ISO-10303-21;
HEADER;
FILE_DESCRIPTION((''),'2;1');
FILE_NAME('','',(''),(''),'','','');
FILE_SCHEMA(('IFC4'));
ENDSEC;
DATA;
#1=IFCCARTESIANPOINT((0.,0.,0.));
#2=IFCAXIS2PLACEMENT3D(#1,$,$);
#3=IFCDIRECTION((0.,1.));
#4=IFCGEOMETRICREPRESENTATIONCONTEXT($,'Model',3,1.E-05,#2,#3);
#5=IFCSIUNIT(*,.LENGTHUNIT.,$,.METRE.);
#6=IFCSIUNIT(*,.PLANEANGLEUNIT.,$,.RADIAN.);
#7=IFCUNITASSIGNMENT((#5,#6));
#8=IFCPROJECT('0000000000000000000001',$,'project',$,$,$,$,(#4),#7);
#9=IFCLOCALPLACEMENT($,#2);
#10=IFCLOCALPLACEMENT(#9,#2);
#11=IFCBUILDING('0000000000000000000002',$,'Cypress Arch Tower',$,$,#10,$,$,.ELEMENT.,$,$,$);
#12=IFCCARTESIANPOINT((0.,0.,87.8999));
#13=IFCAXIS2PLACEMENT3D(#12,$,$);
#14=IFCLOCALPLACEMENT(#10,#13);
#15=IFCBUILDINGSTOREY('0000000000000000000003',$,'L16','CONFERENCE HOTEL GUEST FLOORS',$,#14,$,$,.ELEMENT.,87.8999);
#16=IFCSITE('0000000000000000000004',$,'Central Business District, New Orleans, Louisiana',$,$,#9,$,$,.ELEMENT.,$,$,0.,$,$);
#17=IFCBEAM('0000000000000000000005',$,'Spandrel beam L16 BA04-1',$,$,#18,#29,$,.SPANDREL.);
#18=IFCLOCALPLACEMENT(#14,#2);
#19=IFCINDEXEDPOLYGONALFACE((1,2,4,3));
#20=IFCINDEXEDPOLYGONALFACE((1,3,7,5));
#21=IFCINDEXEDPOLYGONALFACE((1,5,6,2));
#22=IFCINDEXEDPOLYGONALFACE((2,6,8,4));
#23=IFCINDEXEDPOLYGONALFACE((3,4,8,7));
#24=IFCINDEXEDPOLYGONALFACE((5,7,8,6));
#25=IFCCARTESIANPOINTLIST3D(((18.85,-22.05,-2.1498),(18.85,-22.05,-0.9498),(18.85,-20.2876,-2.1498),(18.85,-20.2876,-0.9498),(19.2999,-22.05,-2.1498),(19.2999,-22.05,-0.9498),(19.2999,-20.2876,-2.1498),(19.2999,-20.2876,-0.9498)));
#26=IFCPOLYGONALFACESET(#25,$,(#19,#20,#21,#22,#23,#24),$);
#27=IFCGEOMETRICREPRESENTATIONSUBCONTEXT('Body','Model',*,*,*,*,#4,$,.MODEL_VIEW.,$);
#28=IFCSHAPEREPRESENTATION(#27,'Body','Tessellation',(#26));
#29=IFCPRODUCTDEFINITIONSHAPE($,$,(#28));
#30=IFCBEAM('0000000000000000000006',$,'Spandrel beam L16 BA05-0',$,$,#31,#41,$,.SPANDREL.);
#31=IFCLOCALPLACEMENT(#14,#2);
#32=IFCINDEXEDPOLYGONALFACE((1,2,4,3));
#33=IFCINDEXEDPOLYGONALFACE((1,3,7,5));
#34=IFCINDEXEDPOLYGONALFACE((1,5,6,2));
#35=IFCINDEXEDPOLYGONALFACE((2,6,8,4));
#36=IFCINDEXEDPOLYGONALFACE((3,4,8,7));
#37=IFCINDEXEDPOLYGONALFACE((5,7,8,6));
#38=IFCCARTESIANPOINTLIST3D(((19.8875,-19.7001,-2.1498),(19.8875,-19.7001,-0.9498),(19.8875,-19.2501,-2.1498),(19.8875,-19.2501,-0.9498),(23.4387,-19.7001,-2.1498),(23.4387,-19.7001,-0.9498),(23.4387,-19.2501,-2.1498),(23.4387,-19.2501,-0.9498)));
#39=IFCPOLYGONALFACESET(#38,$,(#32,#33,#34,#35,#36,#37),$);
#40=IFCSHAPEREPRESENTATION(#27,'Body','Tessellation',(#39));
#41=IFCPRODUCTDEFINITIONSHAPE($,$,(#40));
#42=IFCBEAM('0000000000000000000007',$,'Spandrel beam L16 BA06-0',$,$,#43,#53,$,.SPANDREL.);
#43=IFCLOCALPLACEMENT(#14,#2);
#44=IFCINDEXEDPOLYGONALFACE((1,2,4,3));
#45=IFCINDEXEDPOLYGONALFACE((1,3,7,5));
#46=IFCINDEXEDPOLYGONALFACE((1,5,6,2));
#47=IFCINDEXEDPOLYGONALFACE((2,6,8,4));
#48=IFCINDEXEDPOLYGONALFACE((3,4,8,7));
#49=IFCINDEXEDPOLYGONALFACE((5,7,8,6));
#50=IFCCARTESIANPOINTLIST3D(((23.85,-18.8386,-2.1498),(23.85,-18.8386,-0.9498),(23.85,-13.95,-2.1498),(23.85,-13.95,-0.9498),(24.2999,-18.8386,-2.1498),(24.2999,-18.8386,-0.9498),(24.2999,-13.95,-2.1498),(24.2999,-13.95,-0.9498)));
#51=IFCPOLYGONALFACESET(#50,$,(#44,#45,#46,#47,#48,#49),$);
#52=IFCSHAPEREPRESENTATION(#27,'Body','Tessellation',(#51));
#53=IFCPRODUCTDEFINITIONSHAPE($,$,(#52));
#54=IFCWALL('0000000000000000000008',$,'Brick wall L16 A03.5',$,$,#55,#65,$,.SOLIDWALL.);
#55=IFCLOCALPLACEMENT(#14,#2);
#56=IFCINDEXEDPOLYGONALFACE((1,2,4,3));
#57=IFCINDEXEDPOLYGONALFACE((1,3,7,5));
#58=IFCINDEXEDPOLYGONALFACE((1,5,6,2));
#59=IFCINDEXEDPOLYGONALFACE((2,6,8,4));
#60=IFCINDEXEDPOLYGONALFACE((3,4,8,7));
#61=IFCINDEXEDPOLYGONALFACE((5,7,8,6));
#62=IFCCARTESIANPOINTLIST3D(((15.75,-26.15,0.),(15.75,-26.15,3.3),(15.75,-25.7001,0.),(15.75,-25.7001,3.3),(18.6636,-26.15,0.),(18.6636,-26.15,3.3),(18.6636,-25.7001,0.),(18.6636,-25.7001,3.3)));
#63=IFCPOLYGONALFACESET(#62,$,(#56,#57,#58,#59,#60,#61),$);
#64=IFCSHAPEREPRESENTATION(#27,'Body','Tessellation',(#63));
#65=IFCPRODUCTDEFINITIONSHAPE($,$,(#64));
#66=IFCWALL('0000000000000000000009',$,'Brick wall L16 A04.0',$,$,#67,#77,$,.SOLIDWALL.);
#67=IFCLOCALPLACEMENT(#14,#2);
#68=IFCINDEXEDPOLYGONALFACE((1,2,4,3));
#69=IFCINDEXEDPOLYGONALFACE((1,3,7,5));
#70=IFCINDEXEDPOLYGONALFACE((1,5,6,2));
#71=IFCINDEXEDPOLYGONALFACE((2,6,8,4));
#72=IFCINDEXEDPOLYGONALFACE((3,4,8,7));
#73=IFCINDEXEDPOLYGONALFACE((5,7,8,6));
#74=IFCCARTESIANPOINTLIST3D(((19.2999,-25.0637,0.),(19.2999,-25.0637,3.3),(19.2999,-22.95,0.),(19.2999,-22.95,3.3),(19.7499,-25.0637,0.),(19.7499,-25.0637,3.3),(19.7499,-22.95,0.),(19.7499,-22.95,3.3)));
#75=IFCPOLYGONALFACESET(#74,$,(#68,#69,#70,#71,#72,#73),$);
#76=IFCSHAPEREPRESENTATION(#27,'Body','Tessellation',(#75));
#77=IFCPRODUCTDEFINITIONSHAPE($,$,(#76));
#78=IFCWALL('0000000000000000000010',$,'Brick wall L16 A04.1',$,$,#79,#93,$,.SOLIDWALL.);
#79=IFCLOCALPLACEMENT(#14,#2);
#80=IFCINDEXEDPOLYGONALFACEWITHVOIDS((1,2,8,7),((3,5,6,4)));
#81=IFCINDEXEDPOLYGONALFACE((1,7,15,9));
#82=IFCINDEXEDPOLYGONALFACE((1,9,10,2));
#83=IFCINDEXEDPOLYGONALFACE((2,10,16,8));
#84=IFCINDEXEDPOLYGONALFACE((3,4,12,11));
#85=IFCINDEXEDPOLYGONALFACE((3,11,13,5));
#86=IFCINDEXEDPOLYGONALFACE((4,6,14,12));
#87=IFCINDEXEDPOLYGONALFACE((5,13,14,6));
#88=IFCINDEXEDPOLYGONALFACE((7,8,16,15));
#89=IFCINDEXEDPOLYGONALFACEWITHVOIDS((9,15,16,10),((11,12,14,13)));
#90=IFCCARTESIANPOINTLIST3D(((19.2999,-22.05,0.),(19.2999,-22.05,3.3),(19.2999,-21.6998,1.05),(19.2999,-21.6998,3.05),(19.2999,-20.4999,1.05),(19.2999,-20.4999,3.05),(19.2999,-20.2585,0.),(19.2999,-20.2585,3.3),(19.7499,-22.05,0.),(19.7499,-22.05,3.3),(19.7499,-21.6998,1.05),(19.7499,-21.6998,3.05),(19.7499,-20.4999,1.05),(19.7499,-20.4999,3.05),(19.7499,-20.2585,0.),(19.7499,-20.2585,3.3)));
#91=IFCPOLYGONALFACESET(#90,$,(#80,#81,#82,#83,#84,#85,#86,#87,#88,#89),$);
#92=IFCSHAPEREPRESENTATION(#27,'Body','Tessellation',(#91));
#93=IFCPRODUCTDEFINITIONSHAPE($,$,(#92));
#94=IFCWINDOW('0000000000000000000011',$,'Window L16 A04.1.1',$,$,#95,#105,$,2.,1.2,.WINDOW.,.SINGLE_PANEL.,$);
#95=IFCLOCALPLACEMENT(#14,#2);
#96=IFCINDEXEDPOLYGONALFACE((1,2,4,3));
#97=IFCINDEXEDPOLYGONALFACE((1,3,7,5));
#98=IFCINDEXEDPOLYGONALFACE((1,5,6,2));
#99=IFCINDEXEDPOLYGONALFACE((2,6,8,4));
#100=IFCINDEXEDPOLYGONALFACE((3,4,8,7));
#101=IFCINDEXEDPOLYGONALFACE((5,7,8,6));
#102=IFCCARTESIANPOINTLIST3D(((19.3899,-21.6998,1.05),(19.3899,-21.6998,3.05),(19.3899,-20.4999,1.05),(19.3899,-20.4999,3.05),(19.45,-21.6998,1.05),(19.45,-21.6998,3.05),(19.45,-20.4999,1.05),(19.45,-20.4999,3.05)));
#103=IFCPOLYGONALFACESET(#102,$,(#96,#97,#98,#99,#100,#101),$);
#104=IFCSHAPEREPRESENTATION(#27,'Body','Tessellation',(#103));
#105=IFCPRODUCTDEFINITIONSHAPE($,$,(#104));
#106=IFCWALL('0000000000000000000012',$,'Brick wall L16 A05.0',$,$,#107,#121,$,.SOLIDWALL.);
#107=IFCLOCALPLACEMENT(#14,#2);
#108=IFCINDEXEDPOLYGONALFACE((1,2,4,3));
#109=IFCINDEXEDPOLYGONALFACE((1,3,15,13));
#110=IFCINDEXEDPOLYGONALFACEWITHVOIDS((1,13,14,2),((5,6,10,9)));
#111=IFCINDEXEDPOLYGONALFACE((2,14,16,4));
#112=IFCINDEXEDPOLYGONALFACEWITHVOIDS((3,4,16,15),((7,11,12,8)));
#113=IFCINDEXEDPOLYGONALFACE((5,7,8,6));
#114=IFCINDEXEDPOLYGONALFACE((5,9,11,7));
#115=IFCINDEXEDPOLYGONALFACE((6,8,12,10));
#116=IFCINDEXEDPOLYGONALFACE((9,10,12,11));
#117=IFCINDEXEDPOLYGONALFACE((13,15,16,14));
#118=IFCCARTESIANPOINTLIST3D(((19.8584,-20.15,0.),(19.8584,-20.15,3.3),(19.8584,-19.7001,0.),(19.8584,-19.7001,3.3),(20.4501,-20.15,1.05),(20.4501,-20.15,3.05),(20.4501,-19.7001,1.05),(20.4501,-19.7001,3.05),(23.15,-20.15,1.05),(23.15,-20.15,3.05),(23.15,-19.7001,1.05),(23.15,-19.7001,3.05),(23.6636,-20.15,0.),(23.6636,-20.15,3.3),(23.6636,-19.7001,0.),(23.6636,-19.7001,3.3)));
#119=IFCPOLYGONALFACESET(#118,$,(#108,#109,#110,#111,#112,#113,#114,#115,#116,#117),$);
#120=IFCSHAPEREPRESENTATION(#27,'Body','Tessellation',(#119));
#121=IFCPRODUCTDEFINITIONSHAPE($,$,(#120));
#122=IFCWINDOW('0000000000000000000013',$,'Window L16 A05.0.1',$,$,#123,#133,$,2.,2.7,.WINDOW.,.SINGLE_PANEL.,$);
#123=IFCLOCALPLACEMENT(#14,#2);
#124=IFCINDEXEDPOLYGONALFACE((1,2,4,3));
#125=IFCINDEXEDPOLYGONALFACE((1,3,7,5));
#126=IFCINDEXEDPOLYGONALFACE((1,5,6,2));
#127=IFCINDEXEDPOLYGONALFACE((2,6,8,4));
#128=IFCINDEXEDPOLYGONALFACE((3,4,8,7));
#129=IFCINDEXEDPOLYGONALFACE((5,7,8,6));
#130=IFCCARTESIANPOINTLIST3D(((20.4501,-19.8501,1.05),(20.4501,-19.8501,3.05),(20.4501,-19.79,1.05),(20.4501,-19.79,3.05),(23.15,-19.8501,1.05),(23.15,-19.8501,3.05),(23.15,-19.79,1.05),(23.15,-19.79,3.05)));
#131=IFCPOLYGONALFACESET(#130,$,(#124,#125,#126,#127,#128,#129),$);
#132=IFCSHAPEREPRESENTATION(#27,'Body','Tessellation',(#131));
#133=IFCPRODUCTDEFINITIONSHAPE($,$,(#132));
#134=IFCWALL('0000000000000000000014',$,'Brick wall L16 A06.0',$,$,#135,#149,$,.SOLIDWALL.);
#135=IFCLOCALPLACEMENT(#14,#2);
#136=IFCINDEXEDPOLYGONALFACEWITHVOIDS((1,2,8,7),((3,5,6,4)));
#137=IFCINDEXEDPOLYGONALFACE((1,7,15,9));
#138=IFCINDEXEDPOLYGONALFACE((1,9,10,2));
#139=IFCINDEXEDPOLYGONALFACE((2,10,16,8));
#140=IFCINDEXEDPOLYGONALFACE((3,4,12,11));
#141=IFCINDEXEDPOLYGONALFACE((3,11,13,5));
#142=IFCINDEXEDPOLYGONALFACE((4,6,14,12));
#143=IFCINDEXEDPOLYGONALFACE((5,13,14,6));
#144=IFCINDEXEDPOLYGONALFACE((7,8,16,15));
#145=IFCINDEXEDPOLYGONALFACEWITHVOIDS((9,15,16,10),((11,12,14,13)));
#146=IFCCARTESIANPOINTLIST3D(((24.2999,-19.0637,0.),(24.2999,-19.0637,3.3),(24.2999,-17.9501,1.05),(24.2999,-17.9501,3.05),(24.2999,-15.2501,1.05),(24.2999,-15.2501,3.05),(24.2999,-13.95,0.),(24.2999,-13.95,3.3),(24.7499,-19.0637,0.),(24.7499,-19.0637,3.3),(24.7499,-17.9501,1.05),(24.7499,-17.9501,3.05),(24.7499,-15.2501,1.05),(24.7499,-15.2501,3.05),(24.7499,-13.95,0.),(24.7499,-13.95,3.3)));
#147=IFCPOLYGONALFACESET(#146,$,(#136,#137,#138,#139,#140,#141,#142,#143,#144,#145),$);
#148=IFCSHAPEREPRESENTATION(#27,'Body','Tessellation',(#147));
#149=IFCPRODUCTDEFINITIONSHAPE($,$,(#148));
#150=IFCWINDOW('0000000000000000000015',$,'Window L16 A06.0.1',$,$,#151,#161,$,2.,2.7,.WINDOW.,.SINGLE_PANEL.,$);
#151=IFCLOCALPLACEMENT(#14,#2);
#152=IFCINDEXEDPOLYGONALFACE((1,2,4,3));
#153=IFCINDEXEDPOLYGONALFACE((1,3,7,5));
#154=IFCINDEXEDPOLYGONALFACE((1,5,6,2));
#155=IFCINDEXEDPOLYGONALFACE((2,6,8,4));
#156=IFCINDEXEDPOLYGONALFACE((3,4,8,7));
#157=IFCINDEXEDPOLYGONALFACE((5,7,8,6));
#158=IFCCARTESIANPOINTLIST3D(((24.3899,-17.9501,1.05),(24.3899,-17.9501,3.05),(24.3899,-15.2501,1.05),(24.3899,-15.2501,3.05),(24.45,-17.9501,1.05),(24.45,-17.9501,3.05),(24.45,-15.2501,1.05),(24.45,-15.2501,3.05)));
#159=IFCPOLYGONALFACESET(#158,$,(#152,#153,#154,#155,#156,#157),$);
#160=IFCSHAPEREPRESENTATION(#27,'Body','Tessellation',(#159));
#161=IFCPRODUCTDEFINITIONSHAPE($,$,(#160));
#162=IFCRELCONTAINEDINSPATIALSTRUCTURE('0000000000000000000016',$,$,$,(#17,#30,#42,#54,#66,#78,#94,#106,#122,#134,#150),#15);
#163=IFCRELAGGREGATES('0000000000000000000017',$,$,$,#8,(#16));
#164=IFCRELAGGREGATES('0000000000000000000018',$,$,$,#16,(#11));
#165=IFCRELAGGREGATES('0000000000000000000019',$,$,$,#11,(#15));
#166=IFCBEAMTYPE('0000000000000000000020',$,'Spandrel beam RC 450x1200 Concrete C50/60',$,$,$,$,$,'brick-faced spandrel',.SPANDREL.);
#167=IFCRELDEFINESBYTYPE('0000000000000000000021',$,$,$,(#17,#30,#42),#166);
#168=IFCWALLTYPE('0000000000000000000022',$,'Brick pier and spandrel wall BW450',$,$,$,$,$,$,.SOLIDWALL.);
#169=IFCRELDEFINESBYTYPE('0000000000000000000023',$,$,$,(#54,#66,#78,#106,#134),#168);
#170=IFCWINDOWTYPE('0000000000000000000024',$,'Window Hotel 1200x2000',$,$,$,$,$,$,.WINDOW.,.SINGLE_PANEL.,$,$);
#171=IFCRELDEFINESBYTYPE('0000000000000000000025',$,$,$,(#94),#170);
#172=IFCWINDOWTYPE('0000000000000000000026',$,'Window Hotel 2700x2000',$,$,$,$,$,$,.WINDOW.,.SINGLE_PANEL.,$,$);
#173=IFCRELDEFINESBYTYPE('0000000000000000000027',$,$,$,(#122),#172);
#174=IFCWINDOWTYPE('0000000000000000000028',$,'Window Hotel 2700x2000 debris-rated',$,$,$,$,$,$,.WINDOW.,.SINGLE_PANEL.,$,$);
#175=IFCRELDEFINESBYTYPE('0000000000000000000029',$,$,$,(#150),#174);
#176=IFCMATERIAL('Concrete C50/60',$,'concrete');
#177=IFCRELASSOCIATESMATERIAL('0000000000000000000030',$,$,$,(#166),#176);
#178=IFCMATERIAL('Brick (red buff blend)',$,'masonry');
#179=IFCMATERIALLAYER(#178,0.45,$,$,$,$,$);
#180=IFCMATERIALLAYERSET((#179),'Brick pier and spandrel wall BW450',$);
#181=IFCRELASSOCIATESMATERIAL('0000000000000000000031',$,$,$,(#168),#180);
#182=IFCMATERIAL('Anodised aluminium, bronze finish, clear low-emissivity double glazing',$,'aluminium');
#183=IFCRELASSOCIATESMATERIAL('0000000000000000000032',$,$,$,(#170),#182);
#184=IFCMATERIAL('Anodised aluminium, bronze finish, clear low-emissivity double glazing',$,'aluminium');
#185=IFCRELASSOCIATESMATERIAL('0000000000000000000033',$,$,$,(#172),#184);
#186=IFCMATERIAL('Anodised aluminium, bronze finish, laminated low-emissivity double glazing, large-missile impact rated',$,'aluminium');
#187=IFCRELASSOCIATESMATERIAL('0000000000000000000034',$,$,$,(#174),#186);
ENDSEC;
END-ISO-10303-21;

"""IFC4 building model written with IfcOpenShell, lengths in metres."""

from ifc_helpers import new_model, si_unit, direction, frame, frame_2d, origin, origin_2d, place, context, subcontext, project, spatial, rectangle, extrude, material, layer, layer_set, material_profile, profile_set, type_object, element, fill, save


model = new_model("IFC4")

# Units and contexts
model_context = context("Model", 3, precision=1e-05, world=origin(), true_north=direction((0.0, 1.0)))
body_context = subcontext(model_context, "Body", "Model", "MODEL_VIEW")
ifc_project = project(units=[si_unit("LENGTHUNIT", "METRE"), si_unit("PLANEANGLEUNIT", "RADIAN")], contexts=[model_context])

# Site, building, storey
site_placement = place(None, origin())
site = spatial("IfcSite", under=ifc_project, at=site_placement, Name="Central Business District, New Orleans, Louisiana", CompositionType="ELEMENT", RefElevation=0.0)
building_placement = place(site_placement, origin())
building = spatial("IfcBuilding", under=site, at=building_placement, Name="Cypress Arch Tower", CompositionType="ELEMENT")
storey_placement = place(building_placement, frame((0.0, 0.0, 87.8999)))
storey = spatial("IfcBuildingStorey", under=building, at=storey_placement, Name="L16", Description="CONFERENCE HOTEL GUEST FLOORS", CompositionType="ELEMENT", Elevation=87.8999)

# Beams
ifc_material_1 = material(Name="Concrete C50/60", Category="concrete")
ifc_material_profile_1 = material_profile(ifc_material_1, rectangle(XDim=0.45, YDim=1.2, at=origin_2d()), Name="RC 450x1200")
ifc_profile_set_1 = profile_set([ifc_material_profile_1], Name="Concrete C50/60")
beam_type_1 = type_object("IfcBeamType", Name="Spandrel beam RC 450x1200 Concrete C50/60", ElementType="brick-faced spandrel", PredefinedType="SPANDREL", material=ifc_profile_set_1)
beam_1_placement = place(storey_placement, frame((19.075, -22.05, -1.5498), z_axis=(0.0, 1.0, 0.0), x_axis=(-1.0, 0.0, 0.0)))
element("IfcBeam", 1, at=beam_1_placement, inside=storey, type_object=beam_type_1, Name="Spandrel beam L16 BA04-1", PredefinedType="SPANDREL", context=body_context, shape_type="SweptSolid", body=[
    extrude(rectangle(XDim=0.45, YDim=1.2, at=origin_2d()), origin(), (0.0, 0.0, 1.0), 1.7625),
])
beam_2_placement = place(storey_placement, frame((19.8875, -19.4751, -1.5498), z_axis=(1.0, 0.0, 0.0), x_axis=(0.0, 1.0, 0.0)))
element("IfcBeam", 2, at=beam_2_placement, inside=storey, type_object=beam_type_1, Name="Spandrel beam L16 BA05-0", PredefinedType="SPANDREL", context=body_context, shape_type="SweptSolid", body=[
    extrude(rectangle(XDim=0.45, YDim=1.2, at=origin_2d()), origin(), (0.0, 0.0, 1.0), 3.5513),
])
beam_3_placement = place(storey_placement, frame((24.075, -18.8386, -1.5498), z_axis=(0.0, 1.0, 0.0), x_axis=(-1.0, 0.0, 0.0)))
element("IfcBeam", 3, at=beam_3_placement, inside=storey, type_object=beam_type_1, Name="Spandrel beam L16 BA06-0", PredefinedType="SPANDREL", context=body_context, shape_type="SweptSolid", body=[
    extrude(rectangle(XDim=0.45, YDim=1.2, at=origin_2d()), origin(), (0.0, 0.0, 1.0), 4.8887),
])

# Walls
ifc_material_2 = material(Name="Brick (red buff blend)", Category="masonry")
ifc_layer_1 = layer(ifc_material_2, 0.45)
ifc_layer_set_1 = layer_set([ifc_layer_1], Name="Brick pier and spandrel wall BW450")
wall_type_1 = type_object("IfcWallType", Name="Brick pier and spandrel wall BW450", PredefinedType="SOLIDWALL", material=ifc_layer_set_1)
wall_1_placement = place(storey_placement, frame((15.75, -25.925, 0.0), z_axis=(0.0, 0.0, 1.0), x_axis=(1.0, 0.0, 0.0)))
element("IfcWall", 4, at=wall_1_placement, inside=storey, type_object=wall_type_1, Name="Brick wall L16 A03.5", PredefinedType="SOLIDWALL", context=body_context, shape_type="SweptSolid", body=[
    extrude(rectangle(XDim=2.9136, YDim=0.45, at=frame_2d((1.4568, 0.0))), origin(), (0.0, 0.0, 1.0), 3.3),
])
wall_2_placement = place(storey_placement, frame((19.5249, -25.0637, 0.0), z_axis=(0.0, 0.0, 1.0), x_axis=(0.0, 1.0, 0.0)))
element("IfcWall", 5, at=wall_2_placement, inside=storey, type_object=wall_type_1, Name="Brick wall L16 A04.0", PredefinedType="SOLIDWALL", context=body_context, shape_type="SweptSolid", body=[
    extrude(rectangle(XDim=2.1138, YDim=0.45, at=frame_2d((1.0569, 0.0))), origin(), (0.0, 0.0, 1.0), 3.3),
])

# Walls, openings, windows
wall_3_placement = place(storey_placement, frame((19.5249, -22.05, 0.0), z_axis=(0.0, 0.0, 1.0), x_axis=(0.0, 1.0, 0.0)))
wall_3 = element("IfcWall", 6, at=wall_3_placement, inside=storey, type_object=wall_type_1, Name="Brick wall L16 A04.1", PredefinedType="SOLIDWALL", context=body_context, shape_type="SweptSolid", body=[
    extrude(rectangle(XDim=1.7915, YDim=0.45, at=frame_2d((0.8958, 0.0))), origin(), (0.0, 0.0, 1.0), 3.3),
])
opening_1_placement = place(wall_3_placement, frame((0.3501, 0.0, 1.05)))
opening_1 = element("IfcOpeningElement", 7, at=opening_1_placement, cuts=wall_3, PredefinedType="OPENING", context=body_context, shape_type="SweptSolid", body=[
    extrude(rectangle(XDim=1.2, YDim=2.0, at=frame_2d((0.6001, 1.0))), frame((0.0, 0.2349, 0.0), z_axis=(0.0, -1.0, 0.0), x_axis=(1.0, 0.0, 0.0)), (0.0, 0.0, 1.0), 0.47),
])
ifc_material_3 = material(Name="Anodised aluminium, bronze finish, clear low-emissivity double glazing", Category="aluminium")
window_type_1 = type_object("IfcWindowType", Name="Window Hotel 1200x2000", PartitioningType="SINGLE_PANEL", PredefinedType="WINDOW", material=ifc_material_3)
window_1_placement = place(opening_1_placement, origin())
window_1 = element("IfcWindow", 8, at=window_1_placement, inside=storey, type_object=window_type_1, Name="Window L16 A04.1.1", OverallHeight=2.0, OverallWidth=1.2, PartitioningType="SINGLE_PANEL", PredefinedType="WINDOW", context=body_context, shape_type="SweptSolid", body=[
    extrude(rectangle(XDim=1.2, YDim=2.0, at=frame_2d((0.6001, 1.0))), frame((0.0, 0.135, 0.0), z_axis=(0.0, -1.0, 0.0), x_axis=(1.0, 0.0, 0.0)), (0.0, 0.0, 1.0), 0.0601),
])
fill(opening_1, window_1)
wall_4_placement = place(storey_placement, frame((19.8584, -19.925, 0.0), z_axis=(0.0, 0.0, 1.0), x_axis=(1.0, 0.0, 0.0)))
wall_4 = element("IfcWall", 9, at=wall_4_placement, inside=storey, type_object=wall_type_1, Name="Brick wall L16 A05.0", PredefinedType="SOLIDWALL", context=body_context, shape_type="SweptSolid", body=[
    extrude(rectangle(XDim=3.8052, YDim=0.45, at=frame_2d((1.9026, 0.0))), origin(), (0.0, 0.0, 1.0), 3.3),
])
opening_2_placement = place(wall_4_placement, frame((0.5916, 0.0, 1.05)))
opening_2 = element("IfcOpeningElement", 10, at=opening_2_placement, cuts=wall_4, PredefinedType="OPENING", context=body_context, shape_type="SweptSolid", body=[
    extrude(rectangle(XDim=2.7, YDim=2.0, at=frame_2d((1.3501, 1.0))), frame((0.0, 0.2349, 0.0), z_axis=(0.0, -1.0, 0.0), x_axis=(1.0, 0.0, 0.0)), (0.0, 0.0, 1.0), 0.47),
])
ifc_material_4 = material(Name="Anodised aluminium, bronze finish, clear low-emissivity double glazing", Category="aluminium")
window_type_2 = type_object("IfcWindowType", Name="Window Hotel 2700x2000", PartitioningType="SINGLE_PANEL", PredefinedType="WINDOW", material=ifc_material_4)
window_2_placement = place(opening_2_placement, origin())
window_2 = element("IfcWindow", 11, at=window_2_placement, inside=storey, type_object=window_type_2, Name="Window L16 A05.0.1", OverallHeight=2.0, OverallWidth=2.7, PartitioningType="SINGLE_PANEL", PredefinedType="WINDOW", context=body_context, shape_type="SweptSolid", body=[
    extrude(rectangle(XDim=2.7, YDim=2.0, at=frame_2d((1.3501, 1.0))), frame((0.0, 0.135, 0.0), z_axis=(0.0, -1.0, 0.0), x_axis=(1.0, 0.0, 0.0)), (0.0, 0.0, 1.0), 0.0601),
])
fill(opening_2, window_2)
wall_5_placement = place(storey_placement, frame((24.5249, -19.0637, 0.0), z_axis=(0.0, 0.0, 1.0), x_axis=(0.0, 1.0, 0.0)))
wall_5 = element("IfcWall", 12, at=wall_5_placement, inside=storey, type_object=wall_type_1, Name="Brick wall L16 A06.0", PredefinedType="SOLIDWALL", context=body_context, shape_type="SweptSolid", body=[
    extrude(rectangle(XDim=5.1138, YDim=0.45, at=frame_2d((2.5569, 0.0))), origin(), (0.0, 0.0, 1.0), 3.3),
])
opening_3_placement = place(wall_5_placement, frame((1.1135, 0.0, 1.05)))
opening_3 = element("IfcOpeningElement", 13, at=opening_3_placement, cuts=wall_5, PredefinedType="OPENING", context=body_context, shape_type="SweptSolid", body=[
    extrude(rectangle(XDim=2.7, YDim=2.0, at=frame_2d((1.3501, 1.0))), frame((0.0, 0.2349, 0.0), z_axis=(0.0, -1.0, 0.0), x_axis=(1.0, 0.0, 0.0)), (0.0, 0.0, 1.0), 0.47),
])
ifc_material_5 = material(Name="Anodised aluminium, bronze finish, laminated low-emissivity double glazing, large-missile impact rated", Category="aluminium")
window_type_3 = type_object("IfcWindowType", Name="Window Hotel 2700x2000 debris-rated", PartitioningType="SINGLE_PANEL", PredefinedType="WINDOW", material=ifc_material_5)
window_3_placement = place(opening_3_placement, origin())
window_3 = element("IfcWindow", 14, at=window_3_placement, inside=storey, type_object=window_type_3, Name="Window L16 A06.0.1", OverallHeight=2.0, OverallWidth=2.7, PartitioningType="SINGLE_PANEL", PredefinedType="WINDOW", context=body_context, shape_type="SweptSolid", body=[
    extrude(rectangle(XDim=2.7, YDim=2.0, at=frame_2d((1.3501, 1.0))), frame((0.0, 0.135, 0.0), z_axis=(0.0, -1.0, 0.0), x_axis=(1.0, 0.0, 0.0)), (0.0, 0.0, 1.0), 0.0601),
])
fill(opening_3, window_3)

save(model, "model.ifc")
